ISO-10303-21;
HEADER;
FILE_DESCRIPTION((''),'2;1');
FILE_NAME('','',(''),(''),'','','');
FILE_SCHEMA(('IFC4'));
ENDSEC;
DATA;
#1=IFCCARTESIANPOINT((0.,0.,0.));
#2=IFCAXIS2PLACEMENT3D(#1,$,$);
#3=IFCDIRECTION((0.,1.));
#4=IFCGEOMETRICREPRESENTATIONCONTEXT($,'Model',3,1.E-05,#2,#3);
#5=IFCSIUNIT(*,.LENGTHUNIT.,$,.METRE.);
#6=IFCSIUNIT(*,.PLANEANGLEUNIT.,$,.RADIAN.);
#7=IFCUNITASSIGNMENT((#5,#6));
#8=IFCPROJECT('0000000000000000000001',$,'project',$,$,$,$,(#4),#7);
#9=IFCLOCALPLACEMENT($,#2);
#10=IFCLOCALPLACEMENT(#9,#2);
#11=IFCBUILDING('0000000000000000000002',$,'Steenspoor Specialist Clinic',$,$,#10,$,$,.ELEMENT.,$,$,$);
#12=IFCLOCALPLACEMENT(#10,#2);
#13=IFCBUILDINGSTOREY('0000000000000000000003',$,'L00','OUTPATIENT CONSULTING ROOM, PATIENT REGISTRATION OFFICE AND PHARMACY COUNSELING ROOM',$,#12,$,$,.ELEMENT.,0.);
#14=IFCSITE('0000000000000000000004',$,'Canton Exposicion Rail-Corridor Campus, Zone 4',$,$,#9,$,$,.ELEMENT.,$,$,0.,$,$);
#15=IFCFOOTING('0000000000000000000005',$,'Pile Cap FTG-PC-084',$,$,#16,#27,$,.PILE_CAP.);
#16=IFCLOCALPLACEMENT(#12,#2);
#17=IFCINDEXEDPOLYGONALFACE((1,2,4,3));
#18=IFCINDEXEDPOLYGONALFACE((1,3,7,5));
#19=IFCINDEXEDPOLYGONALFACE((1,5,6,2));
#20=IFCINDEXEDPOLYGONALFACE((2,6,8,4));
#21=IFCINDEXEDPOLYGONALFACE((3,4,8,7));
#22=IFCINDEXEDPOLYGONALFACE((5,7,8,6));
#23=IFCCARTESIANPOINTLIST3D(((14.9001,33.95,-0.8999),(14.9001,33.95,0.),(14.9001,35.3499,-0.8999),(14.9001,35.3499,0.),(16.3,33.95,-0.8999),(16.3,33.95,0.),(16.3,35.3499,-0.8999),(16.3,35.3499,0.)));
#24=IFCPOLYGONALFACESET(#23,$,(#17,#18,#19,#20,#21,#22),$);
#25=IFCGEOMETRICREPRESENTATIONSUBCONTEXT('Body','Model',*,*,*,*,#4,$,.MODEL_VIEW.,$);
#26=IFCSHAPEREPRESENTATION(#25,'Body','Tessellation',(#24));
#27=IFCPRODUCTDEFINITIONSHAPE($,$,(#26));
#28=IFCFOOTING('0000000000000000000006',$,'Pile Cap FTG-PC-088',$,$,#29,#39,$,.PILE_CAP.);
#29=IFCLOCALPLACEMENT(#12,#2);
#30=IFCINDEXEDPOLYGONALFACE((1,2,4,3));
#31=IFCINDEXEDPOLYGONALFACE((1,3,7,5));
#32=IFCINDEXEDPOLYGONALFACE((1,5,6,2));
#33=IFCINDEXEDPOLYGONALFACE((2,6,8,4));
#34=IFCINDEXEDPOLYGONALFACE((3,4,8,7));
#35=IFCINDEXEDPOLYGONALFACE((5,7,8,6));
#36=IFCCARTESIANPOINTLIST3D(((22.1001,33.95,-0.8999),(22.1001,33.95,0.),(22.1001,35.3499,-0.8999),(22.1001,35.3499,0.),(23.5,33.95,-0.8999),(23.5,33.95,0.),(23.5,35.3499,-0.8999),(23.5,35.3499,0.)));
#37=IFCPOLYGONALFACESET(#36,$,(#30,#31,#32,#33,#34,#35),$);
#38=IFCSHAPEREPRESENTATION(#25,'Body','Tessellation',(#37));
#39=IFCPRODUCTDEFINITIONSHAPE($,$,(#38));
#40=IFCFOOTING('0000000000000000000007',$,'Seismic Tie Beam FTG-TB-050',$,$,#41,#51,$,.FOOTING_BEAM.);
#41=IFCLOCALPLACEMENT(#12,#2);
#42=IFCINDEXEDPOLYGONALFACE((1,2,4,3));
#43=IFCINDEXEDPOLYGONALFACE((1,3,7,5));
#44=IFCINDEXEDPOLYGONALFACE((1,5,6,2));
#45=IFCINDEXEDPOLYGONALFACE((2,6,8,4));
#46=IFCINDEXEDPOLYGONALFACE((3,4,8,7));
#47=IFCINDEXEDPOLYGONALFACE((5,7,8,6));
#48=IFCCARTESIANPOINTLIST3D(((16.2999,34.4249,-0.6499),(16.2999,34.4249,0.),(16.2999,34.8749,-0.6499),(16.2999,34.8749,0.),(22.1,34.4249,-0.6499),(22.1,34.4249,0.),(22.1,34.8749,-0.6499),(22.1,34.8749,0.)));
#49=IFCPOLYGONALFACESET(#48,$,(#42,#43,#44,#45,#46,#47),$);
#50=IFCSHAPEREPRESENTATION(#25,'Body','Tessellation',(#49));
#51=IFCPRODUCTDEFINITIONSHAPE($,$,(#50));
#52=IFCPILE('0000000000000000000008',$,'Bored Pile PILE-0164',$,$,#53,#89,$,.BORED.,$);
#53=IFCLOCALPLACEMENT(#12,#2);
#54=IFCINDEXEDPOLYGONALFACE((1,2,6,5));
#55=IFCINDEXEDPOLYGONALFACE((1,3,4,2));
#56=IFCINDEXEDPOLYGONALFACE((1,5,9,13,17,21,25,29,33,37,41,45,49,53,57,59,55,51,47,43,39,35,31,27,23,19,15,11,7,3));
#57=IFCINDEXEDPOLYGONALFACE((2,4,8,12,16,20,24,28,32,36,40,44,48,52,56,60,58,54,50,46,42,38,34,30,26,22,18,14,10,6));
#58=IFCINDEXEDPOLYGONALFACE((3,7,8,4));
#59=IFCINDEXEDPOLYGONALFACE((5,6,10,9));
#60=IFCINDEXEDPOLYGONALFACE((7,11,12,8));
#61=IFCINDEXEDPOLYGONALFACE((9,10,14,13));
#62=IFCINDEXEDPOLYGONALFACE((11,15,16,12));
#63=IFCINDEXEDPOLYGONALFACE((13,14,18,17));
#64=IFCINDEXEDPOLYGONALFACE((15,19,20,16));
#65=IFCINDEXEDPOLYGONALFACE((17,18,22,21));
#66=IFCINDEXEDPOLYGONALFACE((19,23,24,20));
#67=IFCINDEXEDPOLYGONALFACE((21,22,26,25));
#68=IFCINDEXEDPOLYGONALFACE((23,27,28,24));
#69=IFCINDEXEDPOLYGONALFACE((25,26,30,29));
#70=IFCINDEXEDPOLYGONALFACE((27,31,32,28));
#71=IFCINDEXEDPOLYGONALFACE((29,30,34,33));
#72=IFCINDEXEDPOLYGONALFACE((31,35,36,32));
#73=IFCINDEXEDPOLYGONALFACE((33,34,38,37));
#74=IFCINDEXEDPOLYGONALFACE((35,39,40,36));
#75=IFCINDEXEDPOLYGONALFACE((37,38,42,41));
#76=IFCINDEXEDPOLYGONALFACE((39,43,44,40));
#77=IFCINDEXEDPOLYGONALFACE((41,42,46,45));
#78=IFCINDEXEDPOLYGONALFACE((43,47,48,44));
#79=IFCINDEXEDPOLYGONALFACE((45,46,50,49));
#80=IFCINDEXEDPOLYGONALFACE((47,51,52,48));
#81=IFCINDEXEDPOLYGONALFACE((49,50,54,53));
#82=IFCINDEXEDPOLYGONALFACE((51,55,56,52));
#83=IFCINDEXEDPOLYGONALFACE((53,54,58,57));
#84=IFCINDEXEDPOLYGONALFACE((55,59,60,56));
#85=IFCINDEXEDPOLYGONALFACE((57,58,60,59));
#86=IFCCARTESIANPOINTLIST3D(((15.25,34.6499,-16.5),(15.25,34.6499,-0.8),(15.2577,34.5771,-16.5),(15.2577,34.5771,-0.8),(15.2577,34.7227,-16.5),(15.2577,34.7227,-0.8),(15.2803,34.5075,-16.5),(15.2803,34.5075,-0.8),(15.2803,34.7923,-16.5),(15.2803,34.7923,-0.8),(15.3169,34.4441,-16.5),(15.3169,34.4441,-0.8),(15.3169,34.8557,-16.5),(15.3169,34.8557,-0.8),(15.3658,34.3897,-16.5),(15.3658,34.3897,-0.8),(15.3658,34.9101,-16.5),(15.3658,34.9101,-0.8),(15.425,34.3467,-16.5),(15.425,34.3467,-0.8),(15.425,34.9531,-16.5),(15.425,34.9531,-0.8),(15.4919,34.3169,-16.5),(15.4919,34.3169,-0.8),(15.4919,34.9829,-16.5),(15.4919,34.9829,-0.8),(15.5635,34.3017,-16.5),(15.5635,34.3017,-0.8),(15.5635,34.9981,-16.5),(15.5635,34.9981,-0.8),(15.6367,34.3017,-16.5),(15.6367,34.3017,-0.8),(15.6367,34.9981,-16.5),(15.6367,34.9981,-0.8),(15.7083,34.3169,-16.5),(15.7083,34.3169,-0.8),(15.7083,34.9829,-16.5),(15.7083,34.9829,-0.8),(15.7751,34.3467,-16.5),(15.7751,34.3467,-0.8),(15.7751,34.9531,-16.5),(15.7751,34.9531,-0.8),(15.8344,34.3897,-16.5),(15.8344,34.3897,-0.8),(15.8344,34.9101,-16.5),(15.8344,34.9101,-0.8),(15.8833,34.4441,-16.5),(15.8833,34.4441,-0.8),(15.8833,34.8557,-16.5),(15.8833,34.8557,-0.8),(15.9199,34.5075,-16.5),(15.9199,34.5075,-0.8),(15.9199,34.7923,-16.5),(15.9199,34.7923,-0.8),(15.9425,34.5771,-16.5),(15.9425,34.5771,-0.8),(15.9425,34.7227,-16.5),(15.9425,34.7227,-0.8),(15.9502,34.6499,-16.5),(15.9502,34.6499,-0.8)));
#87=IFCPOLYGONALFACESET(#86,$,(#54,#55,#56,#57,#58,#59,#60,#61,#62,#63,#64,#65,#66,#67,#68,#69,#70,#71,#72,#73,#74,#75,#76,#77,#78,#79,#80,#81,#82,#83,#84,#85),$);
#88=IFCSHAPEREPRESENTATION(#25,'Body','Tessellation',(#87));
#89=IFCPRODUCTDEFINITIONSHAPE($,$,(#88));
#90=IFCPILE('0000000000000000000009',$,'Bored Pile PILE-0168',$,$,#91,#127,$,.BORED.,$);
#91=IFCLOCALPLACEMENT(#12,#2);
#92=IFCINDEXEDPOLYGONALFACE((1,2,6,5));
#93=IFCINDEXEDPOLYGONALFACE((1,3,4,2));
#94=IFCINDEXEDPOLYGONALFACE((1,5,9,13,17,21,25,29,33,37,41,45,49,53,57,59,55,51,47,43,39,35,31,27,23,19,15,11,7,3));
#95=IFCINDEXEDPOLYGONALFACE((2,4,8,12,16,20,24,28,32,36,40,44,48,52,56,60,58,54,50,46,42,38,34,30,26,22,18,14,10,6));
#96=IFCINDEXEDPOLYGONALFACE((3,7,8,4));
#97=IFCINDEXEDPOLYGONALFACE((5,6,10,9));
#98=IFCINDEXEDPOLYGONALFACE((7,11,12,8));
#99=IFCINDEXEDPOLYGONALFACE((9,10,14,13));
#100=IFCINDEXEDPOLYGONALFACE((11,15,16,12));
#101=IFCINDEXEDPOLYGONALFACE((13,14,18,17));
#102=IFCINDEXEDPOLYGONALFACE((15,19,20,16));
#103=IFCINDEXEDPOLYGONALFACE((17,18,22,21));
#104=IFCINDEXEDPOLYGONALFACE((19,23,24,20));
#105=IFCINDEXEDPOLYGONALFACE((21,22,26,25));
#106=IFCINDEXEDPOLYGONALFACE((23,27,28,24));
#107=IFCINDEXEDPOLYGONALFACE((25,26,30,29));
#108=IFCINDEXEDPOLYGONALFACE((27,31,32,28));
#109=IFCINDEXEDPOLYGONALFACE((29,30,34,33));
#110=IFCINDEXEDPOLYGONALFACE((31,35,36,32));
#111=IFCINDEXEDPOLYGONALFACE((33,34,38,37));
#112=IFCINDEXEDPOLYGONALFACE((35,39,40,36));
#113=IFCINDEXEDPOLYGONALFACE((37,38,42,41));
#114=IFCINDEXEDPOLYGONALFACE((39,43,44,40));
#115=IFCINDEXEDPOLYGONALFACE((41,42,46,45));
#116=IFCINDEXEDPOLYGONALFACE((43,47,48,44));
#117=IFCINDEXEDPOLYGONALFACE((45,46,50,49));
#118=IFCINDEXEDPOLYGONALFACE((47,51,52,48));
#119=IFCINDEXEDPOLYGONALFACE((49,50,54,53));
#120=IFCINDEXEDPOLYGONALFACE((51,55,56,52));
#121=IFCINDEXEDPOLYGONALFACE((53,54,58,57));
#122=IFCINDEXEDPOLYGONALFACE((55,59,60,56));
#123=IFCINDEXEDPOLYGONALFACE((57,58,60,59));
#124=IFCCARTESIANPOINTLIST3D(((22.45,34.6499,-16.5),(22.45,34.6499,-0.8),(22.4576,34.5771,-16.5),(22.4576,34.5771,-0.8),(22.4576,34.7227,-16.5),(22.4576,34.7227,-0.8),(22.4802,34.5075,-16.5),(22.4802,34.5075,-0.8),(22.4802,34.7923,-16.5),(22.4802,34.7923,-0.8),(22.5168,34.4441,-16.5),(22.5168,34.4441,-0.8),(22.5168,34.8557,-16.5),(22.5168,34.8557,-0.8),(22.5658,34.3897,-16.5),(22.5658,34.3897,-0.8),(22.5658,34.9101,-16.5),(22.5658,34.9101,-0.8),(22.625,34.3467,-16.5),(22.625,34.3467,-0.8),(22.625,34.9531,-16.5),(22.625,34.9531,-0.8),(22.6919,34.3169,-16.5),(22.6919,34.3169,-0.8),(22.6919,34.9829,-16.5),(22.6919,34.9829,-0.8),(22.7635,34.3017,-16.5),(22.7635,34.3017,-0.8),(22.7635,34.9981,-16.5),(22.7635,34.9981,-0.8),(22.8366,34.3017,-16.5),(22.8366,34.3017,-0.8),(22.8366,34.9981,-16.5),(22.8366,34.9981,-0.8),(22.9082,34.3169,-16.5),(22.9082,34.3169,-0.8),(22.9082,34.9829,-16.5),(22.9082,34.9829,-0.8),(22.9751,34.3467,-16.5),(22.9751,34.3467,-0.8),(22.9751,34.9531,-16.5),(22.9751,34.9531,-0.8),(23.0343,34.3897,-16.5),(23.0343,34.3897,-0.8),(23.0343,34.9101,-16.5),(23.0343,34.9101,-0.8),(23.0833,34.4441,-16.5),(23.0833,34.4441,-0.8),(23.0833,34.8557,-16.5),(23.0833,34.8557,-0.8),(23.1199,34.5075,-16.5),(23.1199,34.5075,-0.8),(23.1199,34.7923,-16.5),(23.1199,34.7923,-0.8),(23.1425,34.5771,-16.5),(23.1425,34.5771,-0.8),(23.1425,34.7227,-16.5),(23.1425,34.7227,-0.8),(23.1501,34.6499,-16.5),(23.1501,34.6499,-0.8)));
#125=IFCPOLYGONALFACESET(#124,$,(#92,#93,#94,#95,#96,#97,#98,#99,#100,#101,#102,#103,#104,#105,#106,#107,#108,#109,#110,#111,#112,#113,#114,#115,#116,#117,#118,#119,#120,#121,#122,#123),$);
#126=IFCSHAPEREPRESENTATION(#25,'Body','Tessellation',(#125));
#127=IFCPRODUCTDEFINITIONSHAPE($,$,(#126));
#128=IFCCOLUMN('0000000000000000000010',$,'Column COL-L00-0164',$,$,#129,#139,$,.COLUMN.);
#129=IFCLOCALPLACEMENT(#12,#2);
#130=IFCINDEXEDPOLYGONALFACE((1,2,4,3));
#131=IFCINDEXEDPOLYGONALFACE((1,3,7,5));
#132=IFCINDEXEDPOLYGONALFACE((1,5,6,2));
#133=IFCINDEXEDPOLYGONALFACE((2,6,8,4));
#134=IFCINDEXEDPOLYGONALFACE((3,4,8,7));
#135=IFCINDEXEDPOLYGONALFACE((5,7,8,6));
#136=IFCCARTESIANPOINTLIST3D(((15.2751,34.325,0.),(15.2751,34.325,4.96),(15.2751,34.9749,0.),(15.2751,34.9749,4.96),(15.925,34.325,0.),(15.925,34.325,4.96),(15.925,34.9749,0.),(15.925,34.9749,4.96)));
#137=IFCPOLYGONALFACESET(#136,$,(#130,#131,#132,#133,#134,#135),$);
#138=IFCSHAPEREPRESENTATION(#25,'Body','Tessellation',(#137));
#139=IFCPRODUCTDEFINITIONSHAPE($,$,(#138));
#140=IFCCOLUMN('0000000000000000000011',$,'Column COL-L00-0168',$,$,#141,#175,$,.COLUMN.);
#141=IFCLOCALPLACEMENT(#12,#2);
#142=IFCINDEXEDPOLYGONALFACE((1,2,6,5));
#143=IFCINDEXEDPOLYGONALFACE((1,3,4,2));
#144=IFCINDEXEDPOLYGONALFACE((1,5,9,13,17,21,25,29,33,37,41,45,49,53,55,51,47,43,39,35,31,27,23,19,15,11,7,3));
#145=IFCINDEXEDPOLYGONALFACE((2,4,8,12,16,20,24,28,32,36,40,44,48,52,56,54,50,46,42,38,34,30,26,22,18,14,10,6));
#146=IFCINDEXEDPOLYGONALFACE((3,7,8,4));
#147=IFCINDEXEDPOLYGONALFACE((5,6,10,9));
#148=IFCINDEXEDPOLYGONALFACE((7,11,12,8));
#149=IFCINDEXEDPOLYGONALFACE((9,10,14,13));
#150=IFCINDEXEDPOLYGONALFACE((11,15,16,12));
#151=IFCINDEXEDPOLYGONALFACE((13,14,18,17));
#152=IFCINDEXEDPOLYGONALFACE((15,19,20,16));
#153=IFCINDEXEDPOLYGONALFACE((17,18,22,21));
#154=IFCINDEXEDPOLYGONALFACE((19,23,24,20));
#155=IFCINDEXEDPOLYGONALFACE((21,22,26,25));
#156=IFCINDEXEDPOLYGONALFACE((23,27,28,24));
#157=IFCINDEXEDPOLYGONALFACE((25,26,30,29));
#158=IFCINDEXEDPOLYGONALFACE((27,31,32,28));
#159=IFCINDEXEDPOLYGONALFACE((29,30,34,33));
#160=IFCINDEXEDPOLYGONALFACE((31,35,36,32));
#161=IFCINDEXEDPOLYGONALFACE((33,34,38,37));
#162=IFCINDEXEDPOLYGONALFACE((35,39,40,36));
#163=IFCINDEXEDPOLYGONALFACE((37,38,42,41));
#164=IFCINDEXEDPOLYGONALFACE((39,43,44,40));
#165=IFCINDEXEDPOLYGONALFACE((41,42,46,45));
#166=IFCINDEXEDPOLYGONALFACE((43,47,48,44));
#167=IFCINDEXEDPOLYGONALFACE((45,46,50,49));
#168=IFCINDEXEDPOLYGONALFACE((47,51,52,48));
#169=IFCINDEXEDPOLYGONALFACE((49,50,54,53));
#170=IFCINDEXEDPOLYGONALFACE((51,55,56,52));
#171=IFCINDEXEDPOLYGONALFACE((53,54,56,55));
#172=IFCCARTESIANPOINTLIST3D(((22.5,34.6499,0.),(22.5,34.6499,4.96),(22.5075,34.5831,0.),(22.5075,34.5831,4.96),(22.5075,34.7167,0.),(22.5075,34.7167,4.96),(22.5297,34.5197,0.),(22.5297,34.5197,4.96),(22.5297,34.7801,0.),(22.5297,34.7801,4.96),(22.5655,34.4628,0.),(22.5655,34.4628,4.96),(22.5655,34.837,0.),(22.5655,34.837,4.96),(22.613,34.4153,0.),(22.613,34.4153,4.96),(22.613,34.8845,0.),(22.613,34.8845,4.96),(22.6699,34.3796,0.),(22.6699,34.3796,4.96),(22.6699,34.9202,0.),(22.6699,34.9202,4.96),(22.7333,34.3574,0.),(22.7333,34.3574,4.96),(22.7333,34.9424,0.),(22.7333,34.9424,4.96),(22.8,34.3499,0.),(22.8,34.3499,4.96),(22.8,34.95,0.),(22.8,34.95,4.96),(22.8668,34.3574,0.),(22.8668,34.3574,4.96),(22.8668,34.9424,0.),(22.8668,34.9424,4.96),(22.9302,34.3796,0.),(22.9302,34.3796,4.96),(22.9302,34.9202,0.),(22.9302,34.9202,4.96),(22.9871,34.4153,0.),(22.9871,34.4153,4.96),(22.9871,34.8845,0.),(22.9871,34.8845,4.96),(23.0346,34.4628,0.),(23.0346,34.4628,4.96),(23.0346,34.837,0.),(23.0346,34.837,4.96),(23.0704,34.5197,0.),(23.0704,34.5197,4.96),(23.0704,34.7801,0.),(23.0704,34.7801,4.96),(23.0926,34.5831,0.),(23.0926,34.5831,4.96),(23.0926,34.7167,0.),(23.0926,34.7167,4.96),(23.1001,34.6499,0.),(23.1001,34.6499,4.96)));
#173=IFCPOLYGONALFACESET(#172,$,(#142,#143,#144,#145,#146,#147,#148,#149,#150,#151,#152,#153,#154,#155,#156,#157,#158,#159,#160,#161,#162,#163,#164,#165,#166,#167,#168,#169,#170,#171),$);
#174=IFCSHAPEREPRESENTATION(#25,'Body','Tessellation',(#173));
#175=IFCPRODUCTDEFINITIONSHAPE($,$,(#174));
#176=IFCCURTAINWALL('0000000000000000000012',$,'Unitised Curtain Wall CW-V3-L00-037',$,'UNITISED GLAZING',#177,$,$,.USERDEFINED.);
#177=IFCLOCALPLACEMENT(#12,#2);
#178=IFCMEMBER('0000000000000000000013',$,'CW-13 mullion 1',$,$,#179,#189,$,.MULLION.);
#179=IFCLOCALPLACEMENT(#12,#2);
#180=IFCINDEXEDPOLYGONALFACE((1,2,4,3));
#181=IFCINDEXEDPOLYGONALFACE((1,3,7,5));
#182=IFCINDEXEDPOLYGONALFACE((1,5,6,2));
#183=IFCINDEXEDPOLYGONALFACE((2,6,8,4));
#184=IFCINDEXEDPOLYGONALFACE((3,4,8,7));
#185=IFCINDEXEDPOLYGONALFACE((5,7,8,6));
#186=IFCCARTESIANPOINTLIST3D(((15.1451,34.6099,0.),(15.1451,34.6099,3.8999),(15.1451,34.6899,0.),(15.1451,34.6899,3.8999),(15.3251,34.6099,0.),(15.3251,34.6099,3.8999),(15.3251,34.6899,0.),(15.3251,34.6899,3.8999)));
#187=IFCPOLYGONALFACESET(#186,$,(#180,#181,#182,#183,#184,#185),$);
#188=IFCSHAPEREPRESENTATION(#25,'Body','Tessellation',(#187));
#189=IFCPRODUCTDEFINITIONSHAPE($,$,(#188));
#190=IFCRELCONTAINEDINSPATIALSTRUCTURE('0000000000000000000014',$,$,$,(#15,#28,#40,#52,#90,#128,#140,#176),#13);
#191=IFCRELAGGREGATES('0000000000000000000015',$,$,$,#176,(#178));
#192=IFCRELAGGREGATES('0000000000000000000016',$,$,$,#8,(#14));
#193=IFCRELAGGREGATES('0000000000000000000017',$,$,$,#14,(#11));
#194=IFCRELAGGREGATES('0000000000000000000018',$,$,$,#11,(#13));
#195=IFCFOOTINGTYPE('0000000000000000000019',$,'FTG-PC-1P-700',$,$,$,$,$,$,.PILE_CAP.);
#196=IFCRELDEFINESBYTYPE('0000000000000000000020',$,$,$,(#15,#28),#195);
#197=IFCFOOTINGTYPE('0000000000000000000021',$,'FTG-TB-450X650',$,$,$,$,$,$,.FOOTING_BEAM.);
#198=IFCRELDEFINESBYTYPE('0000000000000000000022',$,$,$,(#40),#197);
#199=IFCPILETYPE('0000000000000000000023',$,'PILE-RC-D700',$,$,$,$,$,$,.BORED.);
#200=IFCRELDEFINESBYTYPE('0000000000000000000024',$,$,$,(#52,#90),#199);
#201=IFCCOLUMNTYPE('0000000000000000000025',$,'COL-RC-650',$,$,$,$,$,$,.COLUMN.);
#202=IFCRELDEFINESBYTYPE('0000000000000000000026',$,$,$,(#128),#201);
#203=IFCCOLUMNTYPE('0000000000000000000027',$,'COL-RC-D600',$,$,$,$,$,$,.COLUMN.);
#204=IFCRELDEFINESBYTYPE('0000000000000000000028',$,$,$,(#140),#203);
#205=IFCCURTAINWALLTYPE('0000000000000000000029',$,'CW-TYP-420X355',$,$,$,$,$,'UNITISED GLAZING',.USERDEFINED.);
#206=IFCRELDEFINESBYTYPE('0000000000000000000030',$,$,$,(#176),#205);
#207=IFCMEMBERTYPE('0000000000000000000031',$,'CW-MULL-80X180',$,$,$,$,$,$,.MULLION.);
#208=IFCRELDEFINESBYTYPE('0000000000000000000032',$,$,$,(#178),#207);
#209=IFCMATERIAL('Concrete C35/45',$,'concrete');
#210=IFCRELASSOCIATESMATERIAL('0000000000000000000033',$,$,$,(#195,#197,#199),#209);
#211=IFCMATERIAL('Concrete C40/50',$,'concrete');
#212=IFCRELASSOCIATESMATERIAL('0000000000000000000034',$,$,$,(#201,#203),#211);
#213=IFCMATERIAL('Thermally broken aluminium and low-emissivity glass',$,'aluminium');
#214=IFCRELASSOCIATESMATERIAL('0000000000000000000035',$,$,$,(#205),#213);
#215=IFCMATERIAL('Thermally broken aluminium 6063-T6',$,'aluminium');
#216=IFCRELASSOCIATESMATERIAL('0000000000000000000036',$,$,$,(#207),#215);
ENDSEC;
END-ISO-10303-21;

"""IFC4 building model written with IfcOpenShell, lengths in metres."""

from ifc_helpers import new_model, si_unit, direction, frame, origin, origin_2d, place, context, subcontext, project, spatial, rectangle, circle, extrude, material, material_profile, profile_set, type_object, element, aggregate, save


model = new_model("IFC4")

# Units and contexts
model_context = context("Model", 3, precision=1e-05, world=origin(), true_north=direction((0.0, 1.0)))
body_context = subcontext(model_context, "Body", "Model", "MODEL_VIEW")
ifc_project = project(units=[si_unit("LENGTHUNIT", "METRE"), si_unit("PLANEANGLEUNIT", "RADIAN")], contexts=[model_context])

# Site, building, storey
site_placement = place(None, origin())
site = spatial("IfcSite", under=ifc_project, at=site_placement, Name="Canton Exposicion Rail-Corridor Campus, Zone 4", CompositionType="ELEMENT", RefElevation=0.0)
building_placement = place(site_placement, origin())
building = spatial("IfcBuilding", under=site, at=building_placement, Name="Steenspoor Specialist Clinic", CompositionType="ELEMENT")
storey_placement = place(building_placement, origin())
storey = spatial("IfcBuildingStorey", under=building, at=storey_placement, Name="L00", Description="OUTPATIENT CONSULTING ROOM, PATIENT REGISTRATION OFFICE AND PHARMACY COUNSELING ROOM", CompositionType="ELEMENT", Elevation=0.0)

# Footings
ifc_material_1 = material(Name="Concrete C35/45", Category="concrete")
footing_type_1 = type_object("IfcFootingType", Name="FTG-PC-1P-700", PredefinedType="PILE_CAP", material=ifc_material_1)
for number, where, z_axis, x_axis, name in (
    (1, (15.6001, 34.6499, -0.8999), (0.0, 0.0, 1.0), (1.0, 0.0, 0.0), "Pile Cap FTG-PC-084"),
    (2, (22.8, 34.6499, -0.8999), (0.0, 0.0, 1.0), (1.0, 0.0, 0.0), "Pile Cap FTG-PC-088"),
):
    element("IfcFooting", number, at=place(storey_placement, frame(where, z_axis=z_axis, x_axis=x_axis)), inside=storey, type_object=footing_type_1, Name=name, PredefinedType="PILE_CAP", context=body_context, shape_type="SweptSolid", body=[
        extrude(rectangle(XDim=1.3999, YDim=1.3999, at=origin_2d()), origin(), (0.0, 0.0, 1.0), 0.8999),
    ])
footing_type_2 = type_object("IfcFootingType", Name="FTG-TB-450X650", PredefinedType="FOOTING_BEAM", material=ifc_material_1)
footing_placement = place(storey_placement, frame((19.2, 34.6499, -0.6499), z_axis=(0.0, 0.0, 1.0), x_axis=(1.0, 0.0, 0.0)))
element("IfcFooting", 3, at=footing_placement, inside=storey, type_object=footing_type_2, Name="Seismic Tie Beam FTG-TB-050", PredefinedType="FOOTING_BEAM", context=body_context, shape_type="SweptSolid", body=[
    extrude(rectangle(XDim=5.8, YDim=0.45, at=origin_2d()), origin(), (0.0, 0.0, 1.0), 0.6499),
])

# Piles
ifc_material_profile_1 = material_profile(ifc_material_1, circle(Radius=0.3501, at=origin_2d()), Name="PILE-D700")
ifc_profile_set_1 = profile_set([ifc_material_profile_1], Name="Concrete C35/45")
pile_type = type_object("IfcPileType", Name="PILE-RC-D700", PredefinedType="BORED", material=ifc_profile_set_1)
for number, where, z_axis, x_axis, name in (
    (4, (15.6001, 34.6499, -0.8), (0.0, 0.0, -1.0), (1.0, 0.0, 0.0), "Bored Pile PILE-0164"),
    (5, (22.8, 34.6499, -0.8), (0.0, 0.0, -1.0), (1.0, 0.0, 0.0), "Bored Pile PILE-0168"),
):
    element("IfcPile", number, at=place(storey_placement, frame(where, z_axis=z_axis, x_axis=x_axis)), inside=storey, type_object=pile_type, Name=name, PredefinedType="BORED", context=body_context, shape_type="SweptSolid", body=[
        extrude(circle(Radius=0.3501, at=origin_2d()), origin(), (0.0, 0.0, 1.0), 15.7),
    ])

# Columns
ifc_material_2 = material(Name="Concrete C40/50", Category="concrete")
ifc_material_profile_2 = material_profile(ifc_material_2, rectangle(XDim=0.6499, YDim=0.6499, at=origin_2d()), Name="RC-COL-650X650")
ifc_profile_set_2 = profile_set([ifc_material_profile_2], Name="Concrete C40/50")
column_type_1 = type_object("IfcColumnType", Name="COL-RC-650", PredefinedType="COLUMN", material=ifc_profile_set_2)
column_1_placement = place(storey_placement, frame((15.6001, 34.6499, 0.0), z_axis=(0.0, 0.0, 1.0), x_axis=(1.0, 0.0, 0.0)))
element("IfcColumn", 6, at=column_1_placement, inside=storey, type_object=column_type_1, Name="Column COL-L00-0164", PredefinedType="COLUMN", context=body_context, shape_type="SweptSolid", body=[
    extrude(rectangle(XDim=0.6499, YDim=0.6499, at=origin_2d()), origin(), (0.0, 0.0, 1.0), 4.96),
])
ifc_material_profile_3 = material_profile(ifc_material_2, circle(Radius=0.3, at=origin_2d()), Name="RC-COL-D600")
ifc_profile_set_3 = profile_set([ifc_material_profile_3], Name="Concrete C40/50")
column_type_2 = type_object("IfcColumnType", Name="COL-RC-D600", PredefinedType="COLUMN", material=ifc_profile_set_3)
column_2_placement = place(storey_placement, frame((22.8, 34.6499, 0.0), z_axis=(0.0, 0.0, 1.0), x_axis=(1.0, 0.0, 0.0)))
element("IfcColumn", 7, at=column_2_placement, inside=storey, type_object=column_type_2, Name="Column COL-L00-0168", PredefinedType="COLUMN", context=body_context, shape_type="SweptSolid", body=[
    extrude(circle(Radius=0.3, at=origin_2d()), origin(), (0.0, 0.0, 1.0), 4.96),
])

# Curtain wall, member
ifc_material_3 = material(Name="Thermally broken aluminium and low-emissivity glass", Category="aluminium")
curtain_wall_type_1 = type_object("IfcCurtainWallType", Name="CW-TYP-420X355", ElementType="UNITISED GLAZING", PredefinedType="USERDEFINED", material=ifc_material_3)
curtain_wall_1_placement = place(storey_placement, origin())
curtain_wall_1 = element("IfcCurtainWall", 8, at=curtain_wall_1_placement, inside=storey, type_object=curtain_wall_type_1, Name="Unitised Curtain Wall CW-V3-L00-037", ObjectType="UNITISED GLAZING", PredefinedType="USERDEFINED")
ifc_material_4 = material(Name="Thermally broken aluminium 6063-T6", Category="aluminium")
ifc_material_profile_4 = material_profile(ifc_material_4, rectangle(XDim=0.0801, YDim=0.1799, at=origin_2d()), Name="CWM-80X180")
ifc_profile_set_4 = profile_set([ifc_material_profile_4], Name="Thermally broken aluminium 6063-T6")
member_type_1 = type_object("IfcMemberType", Name="CW-MULL-80X180", PredefinedType="MULLION", material=ifc_profile_set_4)
member_1_placement = place(storey_placement, frame((15.2351, 34.6499, 0.0), z_axis=(0.0, 0.0, 1.0), x_axis=(0.0, -1.0, 0.0)))
member_1 = element("IfcMember", 9, at=member_1_placement, type_object=member_type_1, Name="CW-13 mullion 1", PredefinedType="MULLION", context=body_context, shape_type="SweptSolid", body=[
    extrude(rectangle(XDim=0.0801, YDim=0.1799, at=origin_2d()), origin(), (0.0, 0.0, 1.0), 3.8999),
])

aggregate(curtain_wall_1, [member_1])

save(model, "model.ifc")
